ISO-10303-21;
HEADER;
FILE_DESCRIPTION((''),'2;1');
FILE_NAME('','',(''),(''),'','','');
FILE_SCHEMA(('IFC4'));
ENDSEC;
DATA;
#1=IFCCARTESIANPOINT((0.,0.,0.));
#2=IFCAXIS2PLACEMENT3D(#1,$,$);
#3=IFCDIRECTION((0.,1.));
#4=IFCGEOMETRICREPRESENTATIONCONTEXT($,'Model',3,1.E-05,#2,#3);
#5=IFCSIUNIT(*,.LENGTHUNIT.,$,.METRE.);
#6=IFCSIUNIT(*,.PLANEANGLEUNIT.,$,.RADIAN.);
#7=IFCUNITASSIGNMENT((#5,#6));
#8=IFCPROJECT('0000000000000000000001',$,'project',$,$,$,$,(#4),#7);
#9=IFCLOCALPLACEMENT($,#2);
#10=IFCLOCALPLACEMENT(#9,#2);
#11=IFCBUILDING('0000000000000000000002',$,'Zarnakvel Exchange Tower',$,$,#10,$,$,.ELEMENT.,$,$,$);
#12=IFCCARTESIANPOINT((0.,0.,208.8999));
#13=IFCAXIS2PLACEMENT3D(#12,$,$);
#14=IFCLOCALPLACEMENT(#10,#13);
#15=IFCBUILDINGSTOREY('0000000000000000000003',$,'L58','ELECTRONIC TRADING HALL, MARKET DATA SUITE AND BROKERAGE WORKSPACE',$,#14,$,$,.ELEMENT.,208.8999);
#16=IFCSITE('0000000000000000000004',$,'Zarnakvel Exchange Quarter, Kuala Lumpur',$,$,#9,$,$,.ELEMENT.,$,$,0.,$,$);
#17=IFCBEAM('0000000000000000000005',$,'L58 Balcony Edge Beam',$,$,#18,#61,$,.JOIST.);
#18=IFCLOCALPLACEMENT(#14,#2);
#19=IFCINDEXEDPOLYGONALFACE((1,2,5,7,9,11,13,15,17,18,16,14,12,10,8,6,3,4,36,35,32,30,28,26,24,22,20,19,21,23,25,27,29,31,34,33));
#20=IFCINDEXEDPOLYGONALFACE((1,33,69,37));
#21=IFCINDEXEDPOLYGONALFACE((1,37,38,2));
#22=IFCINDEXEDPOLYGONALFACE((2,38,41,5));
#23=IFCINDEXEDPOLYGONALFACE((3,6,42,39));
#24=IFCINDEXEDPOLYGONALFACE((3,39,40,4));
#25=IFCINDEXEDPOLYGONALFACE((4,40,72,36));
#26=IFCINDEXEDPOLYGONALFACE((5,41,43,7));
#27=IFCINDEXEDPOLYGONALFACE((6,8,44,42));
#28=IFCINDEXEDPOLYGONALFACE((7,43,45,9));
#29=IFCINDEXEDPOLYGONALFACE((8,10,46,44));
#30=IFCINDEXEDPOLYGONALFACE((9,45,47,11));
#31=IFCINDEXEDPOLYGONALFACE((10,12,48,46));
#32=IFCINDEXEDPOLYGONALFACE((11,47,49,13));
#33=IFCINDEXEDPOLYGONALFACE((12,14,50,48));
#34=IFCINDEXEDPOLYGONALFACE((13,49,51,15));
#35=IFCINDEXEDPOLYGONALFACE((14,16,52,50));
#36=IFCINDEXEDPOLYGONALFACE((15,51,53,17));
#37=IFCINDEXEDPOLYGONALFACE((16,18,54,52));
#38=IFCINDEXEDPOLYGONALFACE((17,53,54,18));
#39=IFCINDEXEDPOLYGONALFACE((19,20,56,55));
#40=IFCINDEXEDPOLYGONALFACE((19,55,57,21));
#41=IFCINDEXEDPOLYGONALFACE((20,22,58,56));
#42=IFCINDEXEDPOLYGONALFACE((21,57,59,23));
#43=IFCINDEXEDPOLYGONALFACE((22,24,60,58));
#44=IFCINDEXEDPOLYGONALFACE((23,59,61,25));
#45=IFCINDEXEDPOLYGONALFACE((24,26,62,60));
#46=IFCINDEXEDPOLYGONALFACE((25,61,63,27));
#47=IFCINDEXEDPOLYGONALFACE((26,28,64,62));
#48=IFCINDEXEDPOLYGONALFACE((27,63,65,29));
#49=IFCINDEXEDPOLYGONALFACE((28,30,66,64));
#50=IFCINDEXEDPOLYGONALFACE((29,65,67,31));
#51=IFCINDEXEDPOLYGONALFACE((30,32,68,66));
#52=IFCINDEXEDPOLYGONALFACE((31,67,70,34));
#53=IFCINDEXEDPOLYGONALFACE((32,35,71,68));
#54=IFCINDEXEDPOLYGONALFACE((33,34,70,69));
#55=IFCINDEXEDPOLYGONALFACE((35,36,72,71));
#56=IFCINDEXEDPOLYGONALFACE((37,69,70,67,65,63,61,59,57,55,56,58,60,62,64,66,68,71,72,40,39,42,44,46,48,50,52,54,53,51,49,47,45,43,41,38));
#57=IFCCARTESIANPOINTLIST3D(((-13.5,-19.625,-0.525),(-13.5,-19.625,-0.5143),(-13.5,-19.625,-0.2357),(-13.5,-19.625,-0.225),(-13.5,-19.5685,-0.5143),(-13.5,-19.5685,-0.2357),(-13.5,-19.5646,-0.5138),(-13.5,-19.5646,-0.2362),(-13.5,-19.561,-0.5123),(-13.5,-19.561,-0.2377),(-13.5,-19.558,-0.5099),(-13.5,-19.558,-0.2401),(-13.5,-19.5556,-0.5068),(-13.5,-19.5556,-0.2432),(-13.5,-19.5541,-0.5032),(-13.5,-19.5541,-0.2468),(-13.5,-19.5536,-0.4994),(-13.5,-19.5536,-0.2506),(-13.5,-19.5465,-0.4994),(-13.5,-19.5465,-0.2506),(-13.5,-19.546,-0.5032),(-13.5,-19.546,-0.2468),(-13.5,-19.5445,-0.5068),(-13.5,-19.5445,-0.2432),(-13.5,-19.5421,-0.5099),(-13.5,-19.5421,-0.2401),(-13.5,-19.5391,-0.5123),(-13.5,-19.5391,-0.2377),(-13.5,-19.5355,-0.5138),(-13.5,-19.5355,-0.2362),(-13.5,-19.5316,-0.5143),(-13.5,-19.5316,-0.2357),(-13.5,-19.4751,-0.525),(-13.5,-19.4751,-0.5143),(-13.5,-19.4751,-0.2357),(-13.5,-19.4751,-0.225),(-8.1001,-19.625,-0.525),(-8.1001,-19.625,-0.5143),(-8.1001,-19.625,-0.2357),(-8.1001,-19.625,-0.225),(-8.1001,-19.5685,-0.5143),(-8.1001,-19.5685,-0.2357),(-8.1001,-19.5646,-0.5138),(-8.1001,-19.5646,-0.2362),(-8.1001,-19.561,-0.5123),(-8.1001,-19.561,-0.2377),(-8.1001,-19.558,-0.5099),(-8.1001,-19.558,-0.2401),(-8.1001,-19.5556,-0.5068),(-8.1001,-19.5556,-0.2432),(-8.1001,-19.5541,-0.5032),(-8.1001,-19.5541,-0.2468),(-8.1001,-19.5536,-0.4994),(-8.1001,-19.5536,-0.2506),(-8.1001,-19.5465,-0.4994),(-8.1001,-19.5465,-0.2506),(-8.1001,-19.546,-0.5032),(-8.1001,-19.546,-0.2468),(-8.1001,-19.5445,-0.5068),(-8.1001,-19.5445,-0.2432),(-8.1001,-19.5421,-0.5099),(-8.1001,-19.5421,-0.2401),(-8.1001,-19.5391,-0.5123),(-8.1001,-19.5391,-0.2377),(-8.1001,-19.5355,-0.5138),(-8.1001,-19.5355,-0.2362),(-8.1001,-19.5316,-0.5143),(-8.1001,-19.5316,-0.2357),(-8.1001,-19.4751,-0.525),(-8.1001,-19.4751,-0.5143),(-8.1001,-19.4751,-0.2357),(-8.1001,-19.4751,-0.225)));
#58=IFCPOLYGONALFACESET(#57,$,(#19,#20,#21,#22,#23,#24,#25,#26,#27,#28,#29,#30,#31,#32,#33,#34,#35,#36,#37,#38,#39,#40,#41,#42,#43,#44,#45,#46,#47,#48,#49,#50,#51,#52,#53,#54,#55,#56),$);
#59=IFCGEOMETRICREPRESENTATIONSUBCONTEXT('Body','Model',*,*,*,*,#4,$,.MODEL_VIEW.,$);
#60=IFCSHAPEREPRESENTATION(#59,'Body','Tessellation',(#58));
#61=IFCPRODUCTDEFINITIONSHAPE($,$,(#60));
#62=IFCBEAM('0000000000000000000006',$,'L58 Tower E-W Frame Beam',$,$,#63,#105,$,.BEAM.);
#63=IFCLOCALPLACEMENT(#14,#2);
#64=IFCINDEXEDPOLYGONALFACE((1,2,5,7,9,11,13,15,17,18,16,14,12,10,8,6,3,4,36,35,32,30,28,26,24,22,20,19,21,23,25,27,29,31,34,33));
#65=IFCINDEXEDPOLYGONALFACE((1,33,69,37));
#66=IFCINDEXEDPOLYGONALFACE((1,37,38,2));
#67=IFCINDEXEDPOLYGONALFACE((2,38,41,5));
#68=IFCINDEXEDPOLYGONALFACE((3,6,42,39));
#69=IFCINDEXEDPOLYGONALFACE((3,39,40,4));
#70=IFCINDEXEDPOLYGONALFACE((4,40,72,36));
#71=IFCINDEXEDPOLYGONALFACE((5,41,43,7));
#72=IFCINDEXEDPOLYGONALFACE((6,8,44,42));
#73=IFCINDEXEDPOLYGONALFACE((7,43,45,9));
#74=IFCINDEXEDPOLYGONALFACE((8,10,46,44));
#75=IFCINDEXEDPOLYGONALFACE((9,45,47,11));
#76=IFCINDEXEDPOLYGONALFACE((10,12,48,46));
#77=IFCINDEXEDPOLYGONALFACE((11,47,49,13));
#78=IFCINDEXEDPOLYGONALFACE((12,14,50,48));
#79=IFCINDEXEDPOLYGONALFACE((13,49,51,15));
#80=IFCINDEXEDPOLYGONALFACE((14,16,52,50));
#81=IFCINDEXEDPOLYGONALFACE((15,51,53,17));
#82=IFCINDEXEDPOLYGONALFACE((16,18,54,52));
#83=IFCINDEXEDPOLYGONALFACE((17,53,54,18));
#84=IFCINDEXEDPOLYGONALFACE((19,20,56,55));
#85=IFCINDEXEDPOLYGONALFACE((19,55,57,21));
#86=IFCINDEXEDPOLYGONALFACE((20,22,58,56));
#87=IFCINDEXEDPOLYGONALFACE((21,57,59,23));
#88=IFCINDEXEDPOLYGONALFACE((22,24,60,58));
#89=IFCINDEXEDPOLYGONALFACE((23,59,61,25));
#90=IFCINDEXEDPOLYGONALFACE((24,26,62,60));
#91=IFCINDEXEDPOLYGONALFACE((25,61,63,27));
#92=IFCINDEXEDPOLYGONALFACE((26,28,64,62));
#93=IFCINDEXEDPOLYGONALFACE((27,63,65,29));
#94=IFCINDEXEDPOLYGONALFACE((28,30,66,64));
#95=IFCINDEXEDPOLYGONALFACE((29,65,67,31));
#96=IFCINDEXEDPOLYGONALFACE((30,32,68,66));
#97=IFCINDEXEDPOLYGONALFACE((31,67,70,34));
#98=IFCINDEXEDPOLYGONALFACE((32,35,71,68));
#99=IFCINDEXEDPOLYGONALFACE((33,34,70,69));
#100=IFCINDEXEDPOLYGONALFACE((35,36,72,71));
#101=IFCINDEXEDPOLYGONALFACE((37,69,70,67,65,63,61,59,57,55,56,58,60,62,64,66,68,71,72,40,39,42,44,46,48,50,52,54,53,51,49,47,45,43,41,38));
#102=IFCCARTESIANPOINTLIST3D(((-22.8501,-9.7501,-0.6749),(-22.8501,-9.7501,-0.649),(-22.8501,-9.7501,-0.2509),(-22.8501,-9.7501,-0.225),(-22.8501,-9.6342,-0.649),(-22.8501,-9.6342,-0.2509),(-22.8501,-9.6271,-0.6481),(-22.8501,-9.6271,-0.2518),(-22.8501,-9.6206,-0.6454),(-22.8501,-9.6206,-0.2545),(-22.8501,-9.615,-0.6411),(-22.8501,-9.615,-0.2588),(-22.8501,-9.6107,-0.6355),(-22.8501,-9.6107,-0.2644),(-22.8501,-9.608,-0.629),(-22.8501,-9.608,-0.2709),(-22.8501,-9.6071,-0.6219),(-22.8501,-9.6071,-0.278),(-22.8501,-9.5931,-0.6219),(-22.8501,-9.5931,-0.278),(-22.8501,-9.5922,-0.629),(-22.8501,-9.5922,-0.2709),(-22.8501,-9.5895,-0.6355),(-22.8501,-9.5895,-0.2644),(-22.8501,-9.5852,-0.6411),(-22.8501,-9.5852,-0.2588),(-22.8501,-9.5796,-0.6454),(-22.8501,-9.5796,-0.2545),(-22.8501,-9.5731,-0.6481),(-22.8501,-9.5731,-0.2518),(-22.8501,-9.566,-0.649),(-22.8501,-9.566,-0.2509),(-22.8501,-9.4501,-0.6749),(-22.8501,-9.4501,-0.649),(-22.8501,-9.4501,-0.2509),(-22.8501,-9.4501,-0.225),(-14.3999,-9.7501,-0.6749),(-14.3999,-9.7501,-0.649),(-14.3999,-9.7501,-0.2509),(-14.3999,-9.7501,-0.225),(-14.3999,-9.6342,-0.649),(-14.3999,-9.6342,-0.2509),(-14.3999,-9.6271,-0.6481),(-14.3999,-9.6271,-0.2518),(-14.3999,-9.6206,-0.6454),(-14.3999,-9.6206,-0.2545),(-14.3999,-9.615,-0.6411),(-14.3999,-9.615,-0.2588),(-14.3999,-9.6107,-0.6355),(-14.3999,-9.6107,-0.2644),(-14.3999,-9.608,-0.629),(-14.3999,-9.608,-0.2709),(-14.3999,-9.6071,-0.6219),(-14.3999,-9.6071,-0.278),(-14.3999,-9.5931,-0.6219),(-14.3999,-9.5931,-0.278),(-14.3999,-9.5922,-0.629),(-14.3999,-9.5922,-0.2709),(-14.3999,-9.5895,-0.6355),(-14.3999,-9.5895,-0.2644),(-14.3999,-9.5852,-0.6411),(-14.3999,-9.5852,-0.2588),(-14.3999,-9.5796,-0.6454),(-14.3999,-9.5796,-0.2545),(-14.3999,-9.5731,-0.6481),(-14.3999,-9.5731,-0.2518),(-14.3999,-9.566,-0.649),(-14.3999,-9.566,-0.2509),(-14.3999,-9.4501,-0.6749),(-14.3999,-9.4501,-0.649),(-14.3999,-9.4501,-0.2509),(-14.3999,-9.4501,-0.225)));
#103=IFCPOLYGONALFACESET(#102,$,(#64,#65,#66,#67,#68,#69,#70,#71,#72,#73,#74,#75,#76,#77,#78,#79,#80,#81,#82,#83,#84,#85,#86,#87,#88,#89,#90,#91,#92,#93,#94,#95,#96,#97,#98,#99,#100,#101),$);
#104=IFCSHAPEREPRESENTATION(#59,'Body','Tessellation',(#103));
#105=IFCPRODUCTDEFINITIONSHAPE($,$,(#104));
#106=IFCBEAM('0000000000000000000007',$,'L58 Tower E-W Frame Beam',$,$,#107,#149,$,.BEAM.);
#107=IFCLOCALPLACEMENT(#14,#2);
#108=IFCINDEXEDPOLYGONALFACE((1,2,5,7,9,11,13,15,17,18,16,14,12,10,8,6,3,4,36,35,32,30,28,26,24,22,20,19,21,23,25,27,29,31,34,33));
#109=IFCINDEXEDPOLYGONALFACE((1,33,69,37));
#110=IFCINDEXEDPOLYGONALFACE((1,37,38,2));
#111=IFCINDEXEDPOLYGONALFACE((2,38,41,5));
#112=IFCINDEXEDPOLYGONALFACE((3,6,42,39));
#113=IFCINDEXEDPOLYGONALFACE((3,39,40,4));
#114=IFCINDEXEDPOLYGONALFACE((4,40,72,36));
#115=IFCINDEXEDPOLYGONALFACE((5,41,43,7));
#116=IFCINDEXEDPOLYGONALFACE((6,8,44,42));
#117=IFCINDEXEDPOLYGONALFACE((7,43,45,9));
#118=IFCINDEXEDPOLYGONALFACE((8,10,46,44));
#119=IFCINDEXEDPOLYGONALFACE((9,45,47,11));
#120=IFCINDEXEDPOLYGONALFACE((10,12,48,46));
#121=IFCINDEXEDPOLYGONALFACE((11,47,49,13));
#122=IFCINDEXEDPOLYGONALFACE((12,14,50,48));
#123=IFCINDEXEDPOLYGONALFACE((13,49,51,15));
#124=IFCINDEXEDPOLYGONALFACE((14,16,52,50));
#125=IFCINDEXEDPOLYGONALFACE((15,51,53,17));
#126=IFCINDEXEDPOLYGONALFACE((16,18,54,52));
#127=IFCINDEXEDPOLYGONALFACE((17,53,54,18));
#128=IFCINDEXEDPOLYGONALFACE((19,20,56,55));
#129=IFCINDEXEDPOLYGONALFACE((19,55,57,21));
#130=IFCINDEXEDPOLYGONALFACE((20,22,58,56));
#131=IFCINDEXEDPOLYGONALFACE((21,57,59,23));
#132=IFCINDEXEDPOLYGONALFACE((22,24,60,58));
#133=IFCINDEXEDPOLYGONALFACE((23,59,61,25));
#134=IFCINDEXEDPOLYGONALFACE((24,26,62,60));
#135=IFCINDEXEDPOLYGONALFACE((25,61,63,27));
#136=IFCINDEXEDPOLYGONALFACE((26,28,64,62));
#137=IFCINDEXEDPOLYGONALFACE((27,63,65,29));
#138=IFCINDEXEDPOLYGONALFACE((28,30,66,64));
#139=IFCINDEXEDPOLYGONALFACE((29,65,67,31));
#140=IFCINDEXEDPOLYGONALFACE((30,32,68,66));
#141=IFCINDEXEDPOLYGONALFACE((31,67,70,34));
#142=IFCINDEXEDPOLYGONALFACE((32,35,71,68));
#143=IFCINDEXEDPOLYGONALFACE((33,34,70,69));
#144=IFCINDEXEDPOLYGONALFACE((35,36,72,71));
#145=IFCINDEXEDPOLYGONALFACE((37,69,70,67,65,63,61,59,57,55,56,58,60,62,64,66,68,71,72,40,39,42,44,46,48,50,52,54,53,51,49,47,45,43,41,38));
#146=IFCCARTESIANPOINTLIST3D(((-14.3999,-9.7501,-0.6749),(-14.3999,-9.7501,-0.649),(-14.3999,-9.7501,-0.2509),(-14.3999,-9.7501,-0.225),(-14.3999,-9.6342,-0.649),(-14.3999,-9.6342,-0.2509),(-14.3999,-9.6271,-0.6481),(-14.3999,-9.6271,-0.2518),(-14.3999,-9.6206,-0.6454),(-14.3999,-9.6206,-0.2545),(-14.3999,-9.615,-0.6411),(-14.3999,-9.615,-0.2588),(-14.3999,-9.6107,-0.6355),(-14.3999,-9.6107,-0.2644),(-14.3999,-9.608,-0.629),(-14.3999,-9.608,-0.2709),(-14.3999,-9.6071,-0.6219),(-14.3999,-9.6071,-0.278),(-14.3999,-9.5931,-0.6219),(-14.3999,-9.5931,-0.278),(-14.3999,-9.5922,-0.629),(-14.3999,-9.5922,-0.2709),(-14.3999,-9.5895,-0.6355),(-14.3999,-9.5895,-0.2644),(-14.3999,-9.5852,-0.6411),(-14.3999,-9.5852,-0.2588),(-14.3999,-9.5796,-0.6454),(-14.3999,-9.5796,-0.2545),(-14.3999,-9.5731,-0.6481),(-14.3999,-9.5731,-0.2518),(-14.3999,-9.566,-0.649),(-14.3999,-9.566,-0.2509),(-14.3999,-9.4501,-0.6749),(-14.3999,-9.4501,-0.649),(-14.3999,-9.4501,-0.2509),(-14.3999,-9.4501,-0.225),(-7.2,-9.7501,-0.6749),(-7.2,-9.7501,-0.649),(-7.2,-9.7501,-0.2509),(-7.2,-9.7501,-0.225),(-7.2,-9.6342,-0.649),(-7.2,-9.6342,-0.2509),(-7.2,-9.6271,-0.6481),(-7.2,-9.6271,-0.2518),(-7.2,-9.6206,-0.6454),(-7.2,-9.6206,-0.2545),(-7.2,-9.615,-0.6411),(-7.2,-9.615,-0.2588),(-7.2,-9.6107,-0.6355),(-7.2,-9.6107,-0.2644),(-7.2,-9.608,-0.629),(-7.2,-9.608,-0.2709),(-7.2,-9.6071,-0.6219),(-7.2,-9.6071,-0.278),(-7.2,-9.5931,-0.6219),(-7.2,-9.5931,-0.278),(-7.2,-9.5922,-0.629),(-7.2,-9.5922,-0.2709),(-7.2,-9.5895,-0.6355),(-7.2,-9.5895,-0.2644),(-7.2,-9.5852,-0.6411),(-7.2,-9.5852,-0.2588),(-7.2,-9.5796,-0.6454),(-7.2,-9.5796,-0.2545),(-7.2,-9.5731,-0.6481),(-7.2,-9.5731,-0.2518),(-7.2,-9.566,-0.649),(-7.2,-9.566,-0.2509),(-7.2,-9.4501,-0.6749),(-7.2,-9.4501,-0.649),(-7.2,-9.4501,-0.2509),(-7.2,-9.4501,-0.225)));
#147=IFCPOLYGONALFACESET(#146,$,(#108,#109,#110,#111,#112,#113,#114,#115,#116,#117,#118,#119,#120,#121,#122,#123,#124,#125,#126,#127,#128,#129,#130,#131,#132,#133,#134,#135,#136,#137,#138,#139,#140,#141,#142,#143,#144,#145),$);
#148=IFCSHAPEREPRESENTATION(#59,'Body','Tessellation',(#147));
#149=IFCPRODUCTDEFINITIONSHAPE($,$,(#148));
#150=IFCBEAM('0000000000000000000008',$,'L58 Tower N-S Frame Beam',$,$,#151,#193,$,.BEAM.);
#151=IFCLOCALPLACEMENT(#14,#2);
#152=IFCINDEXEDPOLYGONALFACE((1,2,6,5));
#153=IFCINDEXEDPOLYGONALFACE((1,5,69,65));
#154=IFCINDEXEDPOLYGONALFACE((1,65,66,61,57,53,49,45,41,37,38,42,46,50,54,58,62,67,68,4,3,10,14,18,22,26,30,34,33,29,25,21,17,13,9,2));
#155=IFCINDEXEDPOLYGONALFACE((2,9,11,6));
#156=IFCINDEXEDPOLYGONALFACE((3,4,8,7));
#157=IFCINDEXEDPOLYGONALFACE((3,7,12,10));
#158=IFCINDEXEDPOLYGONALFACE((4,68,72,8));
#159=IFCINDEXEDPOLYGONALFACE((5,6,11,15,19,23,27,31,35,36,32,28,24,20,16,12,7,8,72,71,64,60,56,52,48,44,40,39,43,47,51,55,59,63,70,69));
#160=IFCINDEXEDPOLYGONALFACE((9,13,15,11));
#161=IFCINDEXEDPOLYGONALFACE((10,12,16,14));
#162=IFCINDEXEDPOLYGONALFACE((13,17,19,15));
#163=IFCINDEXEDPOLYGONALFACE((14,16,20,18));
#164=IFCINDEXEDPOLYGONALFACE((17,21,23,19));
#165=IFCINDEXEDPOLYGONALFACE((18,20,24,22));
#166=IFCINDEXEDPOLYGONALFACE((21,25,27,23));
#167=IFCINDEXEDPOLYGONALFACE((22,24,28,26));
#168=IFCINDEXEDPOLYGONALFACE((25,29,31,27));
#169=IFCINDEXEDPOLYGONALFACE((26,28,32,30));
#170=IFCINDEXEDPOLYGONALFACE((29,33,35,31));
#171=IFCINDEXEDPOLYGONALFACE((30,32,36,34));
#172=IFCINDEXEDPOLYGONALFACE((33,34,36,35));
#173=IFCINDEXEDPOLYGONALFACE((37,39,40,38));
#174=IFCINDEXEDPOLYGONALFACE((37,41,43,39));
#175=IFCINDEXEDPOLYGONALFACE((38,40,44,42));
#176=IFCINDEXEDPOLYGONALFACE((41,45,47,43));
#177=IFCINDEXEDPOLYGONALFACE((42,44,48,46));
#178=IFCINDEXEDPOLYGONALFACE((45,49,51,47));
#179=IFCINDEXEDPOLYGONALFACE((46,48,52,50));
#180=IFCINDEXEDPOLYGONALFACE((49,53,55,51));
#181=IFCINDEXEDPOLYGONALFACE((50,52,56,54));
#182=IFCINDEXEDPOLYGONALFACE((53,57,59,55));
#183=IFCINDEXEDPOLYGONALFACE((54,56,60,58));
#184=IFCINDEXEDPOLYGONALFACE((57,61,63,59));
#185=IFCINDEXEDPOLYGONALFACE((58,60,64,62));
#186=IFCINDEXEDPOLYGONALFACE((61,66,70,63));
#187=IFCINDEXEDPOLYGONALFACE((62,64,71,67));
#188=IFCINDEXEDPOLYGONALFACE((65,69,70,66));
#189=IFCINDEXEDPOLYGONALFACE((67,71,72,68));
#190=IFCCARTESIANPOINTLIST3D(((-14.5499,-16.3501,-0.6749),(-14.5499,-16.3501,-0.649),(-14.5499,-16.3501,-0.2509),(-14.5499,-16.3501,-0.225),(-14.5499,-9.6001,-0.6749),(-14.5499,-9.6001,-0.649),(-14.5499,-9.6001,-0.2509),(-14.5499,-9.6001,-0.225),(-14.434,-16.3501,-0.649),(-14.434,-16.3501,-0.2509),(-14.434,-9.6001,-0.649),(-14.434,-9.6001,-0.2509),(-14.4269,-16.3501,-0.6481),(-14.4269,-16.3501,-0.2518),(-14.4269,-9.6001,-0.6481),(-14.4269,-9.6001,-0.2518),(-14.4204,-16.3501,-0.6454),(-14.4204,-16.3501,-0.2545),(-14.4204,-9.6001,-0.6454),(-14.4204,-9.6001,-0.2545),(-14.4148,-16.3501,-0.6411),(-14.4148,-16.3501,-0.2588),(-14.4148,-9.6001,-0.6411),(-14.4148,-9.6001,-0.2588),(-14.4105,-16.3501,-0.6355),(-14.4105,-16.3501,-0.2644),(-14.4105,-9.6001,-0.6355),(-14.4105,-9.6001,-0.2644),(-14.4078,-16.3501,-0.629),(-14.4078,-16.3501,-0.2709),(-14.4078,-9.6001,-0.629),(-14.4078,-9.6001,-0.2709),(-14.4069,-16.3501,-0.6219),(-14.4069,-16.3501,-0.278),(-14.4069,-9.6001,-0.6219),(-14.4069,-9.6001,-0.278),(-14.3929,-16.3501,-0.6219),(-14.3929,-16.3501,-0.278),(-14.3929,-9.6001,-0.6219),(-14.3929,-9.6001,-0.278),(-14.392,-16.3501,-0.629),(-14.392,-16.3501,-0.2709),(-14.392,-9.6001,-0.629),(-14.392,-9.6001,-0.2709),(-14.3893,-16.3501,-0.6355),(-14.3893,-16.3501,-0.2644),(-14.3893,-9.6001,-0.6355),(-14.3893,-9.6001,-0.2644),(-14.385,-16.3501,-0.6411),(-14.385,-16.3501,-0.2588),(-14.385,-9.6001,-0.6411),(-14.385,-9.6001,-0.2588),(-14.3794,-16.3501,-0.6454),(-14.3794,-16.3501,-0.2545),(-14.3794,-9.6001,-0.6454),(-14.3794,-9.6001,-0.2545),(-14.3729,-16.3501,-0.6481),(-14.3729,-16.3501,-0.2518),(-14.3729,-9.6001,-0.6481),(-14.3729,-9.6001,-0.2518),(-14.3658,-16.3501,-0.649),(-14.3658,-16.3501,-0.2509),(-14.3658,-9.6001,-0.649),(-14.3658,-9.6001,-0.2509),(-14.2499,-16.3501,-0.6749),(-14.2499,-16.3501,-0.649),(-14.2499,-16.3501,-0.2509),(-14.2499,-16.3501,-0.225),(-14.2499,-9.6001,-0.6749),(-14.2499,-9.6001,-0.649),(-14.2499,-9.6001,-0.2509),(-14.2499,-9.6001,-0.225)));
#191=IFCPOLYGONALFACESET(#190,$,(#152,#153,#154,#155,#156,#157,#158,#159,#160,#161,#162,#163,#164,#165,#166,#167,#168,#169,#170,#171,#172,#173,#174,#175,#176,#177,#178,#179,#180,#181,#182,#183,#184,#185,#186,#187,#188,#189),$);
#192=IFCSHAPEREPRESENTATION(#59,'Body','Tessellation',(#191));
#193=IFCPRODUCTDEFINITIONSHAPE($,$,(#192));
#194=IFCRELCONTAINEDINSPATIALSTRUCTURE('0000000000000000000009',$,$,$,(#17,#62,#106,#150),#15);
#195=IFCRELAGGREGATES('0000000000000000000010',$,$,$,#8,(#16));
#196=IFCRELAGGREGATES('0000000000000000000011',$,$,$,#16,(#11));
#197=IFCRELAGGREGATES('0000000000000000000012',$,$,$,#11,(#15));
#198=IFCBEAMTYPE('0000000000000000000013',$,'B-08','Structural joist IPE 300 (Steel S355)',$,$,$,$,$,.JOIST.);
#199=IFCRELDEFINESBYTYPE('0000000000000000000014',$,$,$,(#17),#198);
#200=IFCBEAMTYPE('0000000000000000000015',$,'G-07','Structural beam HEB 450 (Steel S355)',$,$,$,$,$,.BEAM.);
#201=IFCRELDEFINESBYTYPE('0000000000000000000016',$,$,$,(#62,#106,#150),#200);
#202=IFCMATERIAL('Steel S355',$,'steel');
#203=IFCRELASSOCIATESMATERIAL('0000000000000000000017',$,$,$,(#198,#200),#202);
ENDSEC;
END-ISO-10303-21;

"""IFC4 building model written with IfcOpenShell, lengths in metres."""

from ifc_helpers import new_model, si_unit, direction, frame, origin, origin_2d, place, context, subcontext, project, spatial, i_section, extrude, material, material_profile, profile_set, type_object, element, save


model = new_model("IFC4")

# Units and contexts
model_context = context("Model", 3, precision=1e-05, world=origin(), true_north=direction((0.0, 1.0)))
body_context = subcontext(model_context, "Body", "Model", "MODEL_VIEW")
ifc_project = project(units=[si_unit("LENGTHUNIT", "METRE"), si_unit("PLANEANGLEUNIT", "RADIAN")], contexts=[model_context])

# Site, building, storey
site_placement = place(None, origin())
site = spatial("IfcSite", under=ifc_project, at=site_placement, Name="Zarnakvel Exchange Quarter, Kuala Lumpur", CompositionType="ELEMENT", RefElevation=0.0)
building_placement = place(site_placement, origin())
building = spatial("IfcBuilding", under=site, at=building_placement, Name="Zarnakvel Exchange Tower", CompositionType="ELEMENT")
storey_placement = place(building_placement, frame((0.0, 0.0, 208.8999)))
storey = spatial("IfcBuildingStorey", under=building, at=storey_placement, Name="L58", Description="ELECTRONIC TRADING HALL, MARKET DATA SUITE AND BROKERAGE WORKSPACE", CompositionType="ELEMENT", Elevation=208.8999)

# Shared definitions
ifc_material_1 = material(Name="Steel S355", Category="steel")

# Beams
ifc_material_profile_1 = material_profile(ifc_material_1, i_section(OverallWidth=0.1499, OverallDepth=0.3, WebThickness=0.0071, FlangeThickness=0.0107, FilletRadius=0.0149, at=origin_2d()))
ifc_profile_set_1 = profile_set([ifc_material_profile_1], Name="Steel S355")
beam_type_1 = type_object("IfcBeamType", Name="B-08", Description="Structural joist IPE 300 (Steel S355)", PredefinedType="JOIST", material=ifc_profile_set_1)
beam_1_placement = place(storey_placement, frame((-13.5, -19.55, -0.375), z_axis=(1.0, 0.0, 0.0), x_axis=(0.0, 1.0, 0.0)))
element("IfcBeam", 1, at=beam_1_placement, inside=storey, type_object=beam_type_1, Name="L58 Balcony Edge Beam", PredefinedType="JOIST", context=body_context, shape_type="SweptSolid", body=[
    extrude(i_section(OverallWidth=0.1499, OverallDepth=0.3, WebThickness=0.0071, FlangeThickness=0.0107, FilletRadius=0.0149, at=origin_2d()), origin(), (0.0, 0.0, 1.0), 5.3999),
])
ifc_material_profile_2 = material_profile(ifc_material_1, i_section(OverallWidth=0.3, OverallDepth=0.45, WebThickness=0.0139, FlangeThickness=0.0259, FilletRadius=0.0271, at=origin_2d()))
ifc_profile_set_2 = profile_set([ifc_material_profile_2], Name="Steel S355")
beam_type_2 = type_object("IfcBeamType", Name="G-07", Description="Structural beam HEB 450 (Steel S355)", PredefinedType="BEAM", material=ifc_profile_set_2)
beam_2_placement = place(storey_placement, frame((-22.8501, -9.6001, -0.45), z_axis=(1.0, 0.0, 0.0), x_axis=(0.0, 1.0, 0.0)))
element("IfcBeam", 2, at=beam_2_placement, inside=storey, type_object=beam_type_2, Name="L58 Tower E-W Frame Beam", PredefinedType="BEAM", context=body_context, shape_type="SweptSolid", body=[
    extrude(i_section(OverallWidth=0.3, OverallDepth=0.45, WebThickness=0.0139, FlangeThickness=0.0259, FilletRadius=0.0271, at=origin_2d()), origin(), (0.0, 0.0, 1.0), 8.4502),
])
beam_3_placement = place(storey_placement, frame((-14.3999, -9.6001, -0.45), z_axis=(1.0, 0.0, 0.0), x_axis=(0.0, 1.0, 0.0)))
element("IfcBeam", 3, at=beam_3_placement, inside=storey, type_object=beam_type_2, Name="L58 Tower E-W Frame Beam", PredefinedType="BEAM", context=body_context, shape_type="SweptSolid", body=[
    extrude(i_section(OverallWidth=0.3, OverallDepth=0.45, WebThickness=0.0139, FlangeThickness=0.0259, FilletRadius=0.0271, at=origin_2d()), origin(), (0.0, 0.0, 1.0), 7.2),
])
beam_4_placement = place(storey_placement, frame((-14.3999, -16.3501, -0.45), z_axis=(0.0, 1.0, 0.0), x_axis=(-1.0, 0.0, 0.0)))
element("IfcBeam", 4, at=beam_4_placement, inside=storey, type_object=beam_type_2, Name="L58 Tower N-S Frame Beam", PredefinedType="BEAM", context=body_context, shape_type="SweptSolid", body=[
    extrude(i_section(OverallWidth=0.3, OverallDepth=0.45, WebThickness=0.0139, FlangeThickness=0.0259, FilletRadius=0.0271, at=origin_2d()), origin(), (0.0, 0.0, 1.0), 6.75),
])

save(model, "model.ifc")
